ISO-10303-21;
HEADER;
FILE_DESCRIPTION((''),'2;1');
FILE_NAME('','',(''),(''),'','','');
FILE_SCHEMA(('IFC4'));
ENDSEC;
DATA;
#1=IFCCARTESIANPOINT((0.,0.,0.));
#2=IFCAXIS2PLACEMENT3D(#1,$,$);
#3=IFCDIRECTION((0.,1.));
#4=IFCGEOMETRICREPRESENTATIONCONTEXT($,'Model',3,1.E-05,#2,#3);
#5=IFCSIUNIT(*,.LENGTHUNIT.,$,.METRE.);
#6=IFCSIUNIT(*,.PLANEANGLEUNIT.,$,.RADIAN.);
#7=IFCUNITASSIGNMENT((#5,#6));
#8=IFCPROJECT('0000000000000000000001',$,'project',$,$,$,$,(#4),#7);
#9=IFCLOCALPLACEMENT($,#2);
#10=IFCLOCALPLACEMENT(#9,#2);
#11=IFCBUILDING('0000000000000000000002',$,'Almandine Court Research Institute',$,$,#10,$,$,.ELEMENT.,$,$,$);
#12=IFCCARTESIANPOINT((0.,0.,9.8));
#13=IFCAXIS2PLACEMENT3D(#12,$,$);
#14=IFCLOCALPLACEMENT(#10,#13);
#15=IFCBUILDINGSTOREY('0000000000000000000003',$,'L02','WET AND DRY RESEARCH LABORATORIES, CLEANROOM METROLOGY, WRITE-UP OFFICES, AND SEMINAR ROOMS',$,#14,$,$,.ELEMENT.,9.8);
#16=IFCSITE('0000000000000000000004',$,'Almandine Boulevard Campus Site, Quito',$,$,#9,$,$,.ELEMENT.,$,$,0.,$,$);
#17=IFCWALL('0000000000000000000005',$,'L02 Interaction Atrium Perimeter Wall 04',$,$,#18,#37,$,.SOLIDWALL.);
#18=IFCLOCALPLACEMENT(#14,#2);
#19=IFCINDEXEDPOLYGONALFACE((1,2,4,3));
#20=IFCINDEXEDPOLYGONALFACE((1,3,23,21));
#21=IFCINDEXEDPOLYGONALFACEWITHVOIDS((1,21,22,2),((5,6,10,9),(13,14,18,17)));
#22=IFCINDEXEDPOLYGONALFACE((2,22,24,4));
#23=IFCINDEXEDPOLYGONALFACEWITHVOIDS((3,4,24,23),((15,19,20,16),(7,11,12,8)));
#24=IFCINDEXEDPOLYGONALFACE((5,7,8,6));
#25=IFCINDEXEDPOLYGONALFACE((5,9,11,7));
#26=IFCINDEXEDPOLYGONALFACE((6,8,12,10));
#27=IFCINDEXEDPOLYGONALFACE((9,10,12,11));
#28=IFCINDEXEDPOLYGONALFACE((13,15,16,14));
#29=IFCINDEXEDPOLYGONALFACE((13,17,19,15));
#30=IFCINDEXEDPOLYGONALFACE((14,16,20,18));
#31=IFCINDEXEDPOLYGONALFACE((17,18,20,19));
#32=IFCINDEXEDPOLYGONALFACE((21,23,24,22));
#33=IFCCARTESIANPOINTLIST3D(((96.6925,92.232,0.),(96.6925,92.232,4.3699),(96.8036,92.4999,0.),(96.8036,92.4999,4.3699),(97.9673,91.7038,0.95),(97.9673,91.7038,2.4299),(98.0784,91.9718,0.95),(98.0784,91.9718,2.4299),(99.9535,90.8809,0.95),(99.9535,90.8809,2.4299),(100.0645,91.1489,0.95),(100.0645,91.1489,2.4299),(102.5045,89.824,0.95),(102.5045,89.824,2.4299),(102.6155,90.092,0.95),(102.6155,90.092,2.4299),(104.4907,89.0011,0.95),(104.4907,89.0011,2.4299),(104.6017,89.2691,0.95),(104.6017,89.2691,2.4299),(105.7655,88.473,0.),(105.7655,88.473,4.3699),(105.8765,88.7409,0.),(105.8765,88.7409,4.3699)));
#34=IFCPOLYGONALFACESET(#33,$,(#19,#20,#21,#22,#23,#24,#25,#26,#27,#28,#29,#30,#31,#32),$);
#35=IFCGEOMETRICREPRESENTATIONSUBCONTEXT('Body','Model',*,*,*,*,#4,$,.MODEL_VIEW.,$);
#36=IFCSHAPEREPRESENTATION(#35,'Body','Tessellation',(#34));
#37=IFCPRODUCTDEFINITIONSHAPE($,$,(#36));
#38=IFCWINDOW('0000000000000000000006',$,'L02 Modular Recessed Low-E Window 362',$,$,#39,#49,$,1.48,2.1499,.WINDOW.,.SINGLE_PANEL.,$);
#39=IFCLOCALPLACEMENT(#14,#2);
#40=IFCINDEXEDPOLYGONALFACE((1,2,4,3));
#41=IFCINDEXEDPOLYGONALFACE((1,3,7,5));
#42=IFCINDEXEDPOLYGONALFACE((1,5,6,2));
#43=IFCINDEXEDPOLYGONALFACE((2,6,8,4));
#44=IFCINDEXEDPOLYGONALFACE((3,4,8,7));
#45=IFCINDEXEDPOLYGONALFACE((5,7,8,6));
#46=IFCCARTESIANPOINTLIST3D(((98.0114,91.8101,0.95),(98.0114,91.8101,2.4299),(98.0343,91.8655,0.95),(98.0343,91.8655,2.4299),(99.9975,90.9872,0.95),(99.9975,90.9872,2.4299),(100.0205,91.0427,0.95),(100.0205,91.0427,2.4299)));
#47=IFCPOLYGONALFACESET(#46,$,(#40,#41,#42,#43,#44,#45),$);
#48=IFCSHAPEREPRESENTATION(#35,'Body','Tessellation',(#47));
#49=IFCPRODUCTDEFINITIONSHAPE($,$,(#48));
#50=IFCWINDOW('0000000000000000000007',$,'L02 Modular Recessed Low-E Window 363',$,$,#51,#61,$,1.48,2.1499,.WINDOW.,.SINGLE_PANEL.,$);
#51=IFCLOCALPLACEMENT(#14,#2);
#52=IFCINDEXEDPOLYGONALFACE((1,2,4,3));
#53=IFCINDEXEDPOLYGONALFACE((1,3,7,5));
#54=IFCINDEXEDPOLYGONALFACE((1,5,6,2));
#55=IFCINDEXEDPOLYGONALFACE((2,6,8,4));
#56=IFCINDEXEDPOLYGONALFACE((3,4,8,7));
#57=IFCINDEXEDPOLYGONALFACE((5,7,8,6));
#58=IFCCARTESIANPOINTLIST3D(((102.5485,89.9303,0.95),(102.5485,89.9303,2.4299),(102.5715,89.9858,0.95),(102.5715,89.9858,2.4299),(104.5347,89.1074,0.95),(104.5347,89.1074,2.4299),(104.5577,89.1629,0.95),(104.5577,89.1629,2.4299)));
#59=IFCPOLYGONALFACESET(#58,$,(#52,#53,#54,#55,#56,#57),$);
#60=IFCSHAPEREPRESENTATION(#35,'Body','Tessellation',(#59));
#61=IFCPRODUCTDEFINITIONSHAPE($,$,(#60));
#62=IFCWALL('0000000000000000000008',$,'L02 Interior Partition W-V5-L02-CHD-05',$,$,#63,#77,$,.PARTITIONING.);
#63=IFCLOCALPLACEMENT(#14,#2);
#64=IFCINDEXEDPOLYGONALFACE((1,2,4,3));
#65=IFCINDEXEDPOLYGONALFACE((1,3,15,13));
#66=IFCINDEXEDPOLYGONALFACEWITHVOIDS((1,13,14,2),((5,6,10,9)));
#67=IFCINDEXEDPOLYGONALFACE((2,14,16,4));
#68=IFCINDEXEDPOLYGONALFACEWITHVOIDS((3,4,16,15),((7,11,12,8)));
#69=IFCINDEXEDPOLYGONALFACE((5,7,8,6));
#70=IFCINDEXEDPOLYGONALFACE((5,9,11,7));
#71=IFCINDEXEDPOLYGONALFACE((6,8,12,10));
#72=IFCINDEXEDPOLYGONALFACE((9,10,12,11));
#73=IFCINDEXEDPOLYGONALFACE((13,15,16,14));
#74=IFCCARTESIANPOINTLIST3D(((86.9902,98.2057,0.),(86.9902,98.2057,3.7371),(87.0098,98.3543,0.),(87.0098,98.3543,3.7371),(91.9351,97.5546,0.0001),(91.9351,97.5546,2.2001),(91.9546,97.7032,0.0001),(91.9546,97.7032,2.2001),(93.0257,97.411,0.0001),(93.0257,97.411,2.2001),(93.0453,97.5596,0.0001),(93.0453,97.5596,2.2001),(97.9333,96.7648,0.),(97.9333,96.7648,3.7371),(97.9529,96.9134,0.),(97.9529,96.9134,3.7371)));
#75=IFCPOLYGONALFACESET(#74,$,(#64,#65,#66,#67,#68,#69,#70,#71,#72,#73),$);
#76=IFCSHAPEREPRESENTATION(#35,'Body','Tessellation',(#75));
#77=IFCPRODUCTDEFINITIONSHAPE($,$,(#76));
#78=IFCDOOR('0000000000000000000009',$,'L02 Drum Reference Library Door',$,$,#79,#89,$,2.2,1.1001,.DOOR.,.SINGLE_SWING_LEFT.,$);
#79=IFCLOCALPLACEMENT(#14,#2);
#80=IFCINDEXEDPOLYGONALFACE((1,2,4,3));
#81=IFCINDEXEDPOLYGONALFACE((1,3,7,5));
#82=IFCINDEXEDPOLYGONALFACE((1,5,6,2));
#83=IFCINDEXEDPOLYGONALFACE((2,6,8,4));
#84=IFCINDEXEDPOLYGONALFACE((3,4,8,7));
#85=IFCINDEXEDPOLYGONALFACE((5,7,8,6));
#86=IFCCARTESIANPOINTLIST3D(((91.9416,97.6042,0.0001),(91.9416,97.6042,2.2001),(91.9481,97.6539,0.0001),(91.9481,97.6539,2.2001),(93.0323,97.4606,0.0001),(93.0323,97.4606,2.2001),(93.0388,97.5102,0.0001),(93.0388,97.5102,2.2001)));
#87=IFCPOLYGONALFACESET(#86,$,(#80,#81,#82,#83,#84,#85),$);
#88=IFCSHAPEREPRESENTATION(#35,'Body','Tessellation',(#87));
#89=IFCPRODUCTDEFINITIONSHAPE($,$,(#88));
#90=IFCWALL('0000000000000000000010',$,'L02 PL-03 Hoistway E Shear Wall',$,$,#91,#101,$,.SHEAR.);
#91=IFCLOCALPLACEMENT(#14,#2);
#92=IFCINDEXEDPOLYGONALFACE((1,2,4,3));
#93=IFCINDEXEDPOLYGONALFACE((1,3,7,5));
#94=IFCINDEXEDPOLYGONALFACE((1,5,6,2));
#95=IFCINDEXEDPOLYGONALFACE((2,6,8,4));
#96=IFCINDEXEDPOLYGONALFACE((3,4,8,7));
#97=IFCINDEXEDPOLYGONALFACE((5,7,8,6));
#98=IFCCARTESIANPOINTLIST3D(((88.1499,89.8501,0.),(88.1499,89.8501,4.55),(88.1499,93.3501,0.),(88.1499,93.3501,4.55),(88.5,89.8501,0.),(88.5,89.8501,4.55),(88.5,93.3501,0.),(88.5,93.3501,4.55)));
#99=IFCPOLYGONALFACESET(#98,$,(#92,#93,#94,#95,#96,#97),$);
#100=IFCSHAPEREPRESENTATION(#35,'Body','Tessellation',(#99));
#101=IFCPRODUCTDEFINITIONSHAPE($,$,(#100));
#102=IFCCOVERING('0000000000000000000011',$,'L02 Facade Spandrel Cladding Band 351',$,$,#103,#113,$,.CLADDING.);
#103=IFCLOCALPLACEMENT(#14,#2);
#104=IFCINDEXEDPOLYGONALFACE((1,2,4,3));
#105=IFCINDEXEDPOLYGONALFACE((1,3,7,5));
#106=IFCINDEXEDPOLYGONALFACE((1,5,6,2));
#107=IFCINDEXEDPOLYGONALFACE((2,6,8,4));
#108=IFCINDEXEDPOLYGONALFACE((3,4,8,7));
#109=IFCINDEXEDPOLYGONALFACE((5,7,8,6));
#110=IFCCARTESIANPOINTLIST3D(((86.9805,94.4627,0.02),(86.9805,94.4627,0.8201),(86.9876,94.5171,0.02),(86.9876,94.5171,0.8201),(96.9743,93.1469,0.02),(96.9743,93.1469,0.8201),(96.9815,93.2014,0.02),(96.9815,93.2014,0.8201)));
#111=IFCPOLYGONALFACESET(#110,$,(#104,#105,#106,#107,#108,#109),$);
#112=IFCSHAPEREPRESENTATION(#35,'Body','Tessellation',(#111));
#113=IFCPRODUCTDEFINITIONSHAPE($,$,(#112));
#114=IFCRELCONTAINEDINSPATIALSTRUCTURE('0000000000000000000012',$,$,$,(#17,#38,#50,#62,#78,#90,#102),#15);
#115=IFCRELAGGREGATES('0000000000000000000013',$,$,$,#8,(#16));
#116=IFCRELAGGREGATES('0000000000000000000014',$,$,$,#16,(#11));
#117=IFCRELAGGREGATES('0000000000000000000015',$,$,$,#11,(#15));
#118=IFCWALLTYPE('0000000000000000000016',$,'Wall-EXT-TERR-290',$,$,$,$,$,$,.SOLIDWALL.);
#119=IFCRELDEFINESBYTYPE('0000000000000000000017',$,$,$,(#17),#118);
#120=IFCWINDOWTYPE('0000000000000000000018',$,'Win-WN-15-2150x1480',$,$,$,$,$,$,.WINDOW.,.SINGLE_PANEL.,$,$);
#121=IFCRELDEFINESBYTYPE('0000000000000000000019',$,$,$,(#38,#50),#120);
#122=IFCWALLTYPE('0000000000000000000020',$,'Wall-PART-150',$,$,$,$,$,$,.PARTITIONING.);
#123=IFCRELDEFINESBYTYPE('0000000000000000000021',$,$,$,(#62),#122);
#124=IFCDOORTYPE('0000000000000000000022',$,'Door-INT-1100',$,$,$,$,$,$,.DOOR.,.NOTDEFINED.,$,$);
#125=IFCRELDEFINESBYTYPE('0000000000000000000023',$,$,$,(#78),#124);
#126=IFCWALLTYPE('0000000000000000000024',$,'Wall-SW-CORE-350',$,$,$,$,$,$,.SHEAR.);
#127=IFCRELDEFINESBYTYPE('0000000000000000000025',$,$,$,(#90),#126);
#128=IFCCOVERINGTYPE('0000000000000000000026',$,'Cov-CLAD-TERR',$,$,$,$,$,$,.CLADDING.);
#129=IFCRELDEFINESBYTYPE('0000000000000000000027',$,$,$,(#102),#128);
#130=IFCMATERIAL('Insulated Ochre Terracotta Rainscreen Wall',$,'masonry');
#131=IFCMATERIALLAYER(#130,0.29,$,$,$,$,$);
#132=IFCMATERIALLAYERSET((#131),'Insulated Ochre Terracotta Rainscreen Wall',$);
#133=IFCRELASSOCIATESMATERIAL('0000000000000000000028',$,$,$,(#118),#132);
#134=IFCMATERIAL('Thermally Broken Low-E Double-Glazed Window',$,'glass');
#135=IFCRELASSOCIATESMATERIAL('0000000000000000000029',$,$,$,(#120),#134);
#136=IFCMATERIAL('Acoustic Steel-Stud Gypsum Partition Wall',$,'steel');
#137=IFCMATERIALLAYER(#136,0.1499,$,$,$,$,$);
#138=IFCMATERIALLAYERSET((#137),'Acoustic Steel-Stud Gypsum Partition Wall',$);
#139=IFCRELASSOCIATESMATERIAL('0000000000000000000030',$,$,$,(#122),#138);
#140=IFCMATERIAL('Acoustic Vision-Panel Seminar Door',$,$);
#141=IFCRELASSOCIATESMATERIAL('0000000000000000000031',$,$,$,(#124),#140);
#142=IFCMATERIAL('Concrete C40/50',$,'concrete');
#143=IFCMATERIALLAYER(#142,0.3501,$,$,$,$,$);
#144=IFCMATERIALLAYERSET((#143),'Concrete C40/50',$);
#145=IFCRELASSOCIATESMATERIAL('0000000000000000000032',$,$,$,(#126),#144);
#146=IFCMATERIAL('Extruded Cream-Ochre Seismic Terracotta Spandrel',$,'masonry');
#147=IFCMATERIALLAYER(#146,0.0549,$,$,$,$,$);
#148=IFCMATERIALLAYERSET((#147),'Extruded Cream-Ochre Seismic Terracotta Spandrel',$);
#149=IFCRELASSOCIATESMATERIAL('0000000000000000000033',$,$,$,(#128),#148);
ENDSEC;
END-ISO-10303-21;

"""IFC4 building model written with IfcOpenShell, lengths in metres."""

from ifc_helpers import new_model, si_unit, direction, frame, frame_2d, origin, origin_2d, place, context, subcontext, project, spatial, rectangle, extrude, material, layer, layer_set, type_object, element, fill, save


model = new_model("IFC4")

# Units and contexts
model_context = context("Model", 3, precision=1e-05, world=origin(), true_north=direction((0.0, 1.0)))
body_context = subcontext(model_context, "Body", "Model", "MODEL_VIEW")
ifc_project = project(units=[si_unit("LENGTHUNIT", "METRE"), si_unit("PLANEANGLEUNIT", "RADIAN")], contexts=[model_context])

# Site, building, storey
site_placement = place(None, origin())
site = spatial("IfcSite", under=ifc_project, at=site_placement, Name="Almandine Boulevard Campus Site, Quito", CompositionType="ELEMENT", RefElevation=0.0)
building_placement = place(site_placement, origin())
building = spatial("IfcBuilding", under=site, at=building_placement, Name="Almandine Court Research Institute", CompositionType="ELEMENT")
storey_placement = place(building_placement, frame((0.0, 0.0, 9.8)))
storey = spatial("IfcBuildingStorey", under=building, at=storey_placement, Name="L02", Description="WET AND DRY RESEARCH LABORATORIES, CLEANROOM METROLOGY, WRITE-UP OFFICES, AND SEMINAR ROOMS", CompositionType="ELEMENT", Elevation=9.8)

# Shared definitions
ifc_material_1 = material(Name="Insulated Ochre Terracotta Rainscreen Wall", Category="masonry")
ifc_layer_1 = layer(ifc_material_1, 0.29)
ifc_layer_set_1 = layer_set([ifc_layer_1], Name="Insulated Ochre Terracotta Rainscreen Wall")
wall_type_1 = type_object("IfcWallType", Name="Wall-EXT-TERR-290", PredefinedType="SOLIDWALL", material=ifc_layer_set_1)
ifc_material_2 = material(Name="Thermally Broken Low-E Double-Glazed Window", Category="glass")

# Wall, openings, windows
wall_1_placement = place(storey_placement, frame((96.748, 92.366, 0.0), z_axis=(0.0, 0.0, 1.0), x_axis=(0.923848, -0.382759, 0.0)))
wall_1 = element("IfcWall", 1, at=wall_1_placement, inside=storey, type_object=wall_type_1, Name="L02 Interaction Atrium Perimeter Wall 04", PredefinedType="SOLIDWALL", context=body_context, shape_type="SweptSolid", body=[
    extrude(rectangle(XDim=9.8208, YDim=0.29, at=frame_2d((4.9104, 0.0))), origin(), (0.0, 0.0, 1.0), 4.3699),
])
opening_1_placement = place(wall_1_placement, frame((1.3799, 0.0, 0.95)))
opening_1 = element("IfcOpeningElement", 2, at=opening_1_placement, cuts=wall_1, PredefinedType="OPENING", context=body_context, shape_type="SweptSolid", body=[
    extrude(rectangle(XDim=2.1499, YDim=1.48, at=frame_2d((1.075, 0.74))), frame((0.0, 0.155, 0.0), z_axis=(0.0, -1.0, 0.0), x_axis=(1.0, 0.0, 0.0)), (0.0, 0.0, 1.0), 0.3101),
])
opening_2_placement = place(wall_1_placement, frame((6.291, 0.0, 0.95)))
opening_2 = element("IfcOpeningElement", 3, at=opening_2_placement, cuts=wall_1, PredefinedType="OPENING", context=body_context, shape_type="SweptSolid", body=[
    extrude(rectangle(XDim=2.1499, YDim=1.48, at=frame_2d((1.075, 0.74))), frame((0.0, 0.155, 0.0), z_axis=(0.0, -1.0, 0.0), x_axis=(1.0, 0.0, 0.0)), (0.0, 0.0, 1.0), 0.3101),
])
window_type_1 = type_object("IfcWindowType", Name="Win-WN-15-2150x1480", PartitioningType="SINGLE_PANEL", PredefinedType="WINDOW", material=ifc_material_2)
window_1_placement = place(opening_1_placement, origin())
window_1 = element("IfcWindow", 4, at=window_1_placement, inside=storey, type_object=window_type_1, Name="L02 Modular Recessed Low-E Window 362", OverallHeight=1.48, OverallWidth=2.1499, PartitioningType="SINGLE_PANEL", PredefinedType="WINDOW", context=body_context, shape_type="SweptSolid", body=[
    extrude(rectangle(XDim=2.1499, YDim=1.48, at=frame_2d((1.075, 0.74))), frame((0.0, 0.03, 0.0), z_axis=(0.0, -1.0, 0.0), x_axis=(1.0, 0.0, 0.0)), (0.0, 0.0, 1.0), 0.0601),
])
fill(opening_1, window_1)
window_2_placement = place(opening_2_placement, origin())
window_2 = element("IfcWindow", 5, at=window_2_placement, inside=storey, type_object=window_type_1, Name="L02 Modular Recessed Low-E Window 363", OverallHeight=1.48, OverallWidth=2.1499, PartitioningType="SINGLE_PANEL", PredefinedType="WINDOW", context=body_context, shape_type="SweptSolid", body=[
    extrude(rectangle(XDim=2.1499, YDim=1.48, at=frame_2d((1.075, 0.74))), frame((0.0, 0.03, 0.0), z_axis=(0.0, -1.0, 0.0), x_axis=(1.0, 0.0, 0.0)), (0.0, 0.0, 1.0), 0.0601),
])
fill(opening_2, window_2)

# Wall, opening, door
ifc_material_3 = material(Name="Acoustic Steel-Stud Gypsum Partition Wall", Category="steel")
ifc_layer_2 = layer(ifc_material_3, 0.1499)
ifc_layer_set_2 = layer_set([ifc_layer_2], Name="Acoustic Steel-Stud Gypsum Partition Wall")
wall_type_2 = type_object("IfcWallType", Name="Wall-PART-150", PredefinedType="PARTITIONING", material=ifc_layer_set_2)
wall_2_placement = place(storey_placement, frame((97.9431, 96.8391, 0.0), z_axis=(0.0, 0.0, 1.0), x_axis=(-0.991442, 0.130547, 0.0)))
wall_2 = element("IfcWall", 6, at=wall_2_placement, inside=storey, type_object=wall_type_2, Name="L02 Interior Partition W-V5-L02-CHD-05", PredefinedType="PARTITIONING", context=body_context, shape_type="SweptSolid", body=[
    extrude(rectangle(XDim=11.0376, YDim=0.1499, at=frame_2d((5.5188, 0.0))), origin(), (0.0, 0.0, 1.0), 3.7371),
])
opening_3_placement = place(wall_2_placement, frame((4.95, 0.0, 0.0)))
opening_3 = element("IfcOpeningElement", 7, at=opening_3_placement, cuts=wall_2, PredefinedType="OPENING", context=body_context, shape_type="SweptSolid", body=[
    extrude(rectangle(XDim=1.1001, YDim=2.2, at=frame_2d((0.55, 1.1001))), frame((0.0, 0.085, 0.0), z_axis=(0.0, -1.0, 0.0), x_axis=(1.0, 0.0, 0.0)), (0.0, 0.0, 1.0), 0.1699),
])
ifc_material_4 = material(Name="Acoustic Vision-Panel Seminar Door")
door_type = type_object("IfcDoorType", Name="Door-INT-1100", OperationType="NOTDEFINED", PredefinedType="DOOR", material=ifc_material_4)
door_placement = place(opening_3_placement, origin())
door = element("IfcDoor", 8, at=door_placement, inside=storey, type_object=door_type, Name="L02 Drum Reference Library Door", OperationType="SINGLE_SWING_LEFT", OverallHeight=2.2, OverallWidth=1.1001, PredefinedType="DOOR", context=body_context, shape_type="SweptSolid", body=[
    extrude(rectangle(XDim=1.1001, YDim=2.2, at=frame_2d((0.55, 1.1001))), frame((0.0, 0.0249, 0.0), z_axis=(0.0, -1.0, 0.0), x_axis=(1.0, 0.0, 0.0)), (0.0, 0.0, 1.0), 0.05),
])
fill(opening_3, door)

# Wall
ifc_material_5 = material(Name="Concrete C40/50", Category="concrete")
ifc_layer_3 = layer(ifc_material_5, 0.3501)
ifc_layer_set_3 = layer_set([ifc_layer_3], Name="Concrete C40/50")
wall_type_3 = type_object("IfcWallType", Name="Wall-SW-CORE-350", PredefinedType="SHEAR", material=ifc_layer_set_3)
wall_3_placement = place(storey_placement, frame((88.325, 93.3501, 0.0), z_axis=(0.0, 0.0, 1.0), x_axis=(0.0, -1.0, 0.0)))
element("IfcWall", 9, at=wall_3_placement, inside=storey, type_object=wall_type_3, Name="L02 PL-03 Hoistway E Shear Wall", PredefinedType="SHEAR", context=body_context, shape_type="SweptSolid", body=[
    extrude(rectangle(XDim=3.5, YDim=0.3501, at=frame_2d((1.75, 0.0))), origin(), (0.0, 0.0, 1.0), 4.55),
])

# Covering
ifc_material_6 = material(Name="Extruded Cream-Ochre Seismic Terracotta Spandrel", Category="masonry")
ifc_layer_4 = layer(ifc_material_6, 0.0549)
ifc_layer_set_4 = layer_set([ifc_layer_4], Name="Extruded Cream-Ochre Seismic Terracotta Spandrel")
covering_type = type_object("IfcCoveringType", Name="Cov-CLAD-TERR", PredefinedType="CLADDING", material=ifc_layer_set_4)
covering_placement = place(storey_placement, frame((91.981, 93.832, 0.02), z_axis=(0.0, 0.0, 1.0), x_axis=(-0.991445, 0.130526, 0.0)))
element("IfcCovering", 10, at=covering_placement, inside=storey, type_object=covering_type, Name="L02 Facade Spandrel Cladding Band 351", PredefinedType="CLADDING", context=body_context, shape_type="SweptSolid", body=[
    extrude(rectangle(XDim=10.0801, YDim=0.0549, at=origin_2d()), origin(), (0.0, 0.0, 1.0), 0.8),
])

save(model, "model.ifc")
